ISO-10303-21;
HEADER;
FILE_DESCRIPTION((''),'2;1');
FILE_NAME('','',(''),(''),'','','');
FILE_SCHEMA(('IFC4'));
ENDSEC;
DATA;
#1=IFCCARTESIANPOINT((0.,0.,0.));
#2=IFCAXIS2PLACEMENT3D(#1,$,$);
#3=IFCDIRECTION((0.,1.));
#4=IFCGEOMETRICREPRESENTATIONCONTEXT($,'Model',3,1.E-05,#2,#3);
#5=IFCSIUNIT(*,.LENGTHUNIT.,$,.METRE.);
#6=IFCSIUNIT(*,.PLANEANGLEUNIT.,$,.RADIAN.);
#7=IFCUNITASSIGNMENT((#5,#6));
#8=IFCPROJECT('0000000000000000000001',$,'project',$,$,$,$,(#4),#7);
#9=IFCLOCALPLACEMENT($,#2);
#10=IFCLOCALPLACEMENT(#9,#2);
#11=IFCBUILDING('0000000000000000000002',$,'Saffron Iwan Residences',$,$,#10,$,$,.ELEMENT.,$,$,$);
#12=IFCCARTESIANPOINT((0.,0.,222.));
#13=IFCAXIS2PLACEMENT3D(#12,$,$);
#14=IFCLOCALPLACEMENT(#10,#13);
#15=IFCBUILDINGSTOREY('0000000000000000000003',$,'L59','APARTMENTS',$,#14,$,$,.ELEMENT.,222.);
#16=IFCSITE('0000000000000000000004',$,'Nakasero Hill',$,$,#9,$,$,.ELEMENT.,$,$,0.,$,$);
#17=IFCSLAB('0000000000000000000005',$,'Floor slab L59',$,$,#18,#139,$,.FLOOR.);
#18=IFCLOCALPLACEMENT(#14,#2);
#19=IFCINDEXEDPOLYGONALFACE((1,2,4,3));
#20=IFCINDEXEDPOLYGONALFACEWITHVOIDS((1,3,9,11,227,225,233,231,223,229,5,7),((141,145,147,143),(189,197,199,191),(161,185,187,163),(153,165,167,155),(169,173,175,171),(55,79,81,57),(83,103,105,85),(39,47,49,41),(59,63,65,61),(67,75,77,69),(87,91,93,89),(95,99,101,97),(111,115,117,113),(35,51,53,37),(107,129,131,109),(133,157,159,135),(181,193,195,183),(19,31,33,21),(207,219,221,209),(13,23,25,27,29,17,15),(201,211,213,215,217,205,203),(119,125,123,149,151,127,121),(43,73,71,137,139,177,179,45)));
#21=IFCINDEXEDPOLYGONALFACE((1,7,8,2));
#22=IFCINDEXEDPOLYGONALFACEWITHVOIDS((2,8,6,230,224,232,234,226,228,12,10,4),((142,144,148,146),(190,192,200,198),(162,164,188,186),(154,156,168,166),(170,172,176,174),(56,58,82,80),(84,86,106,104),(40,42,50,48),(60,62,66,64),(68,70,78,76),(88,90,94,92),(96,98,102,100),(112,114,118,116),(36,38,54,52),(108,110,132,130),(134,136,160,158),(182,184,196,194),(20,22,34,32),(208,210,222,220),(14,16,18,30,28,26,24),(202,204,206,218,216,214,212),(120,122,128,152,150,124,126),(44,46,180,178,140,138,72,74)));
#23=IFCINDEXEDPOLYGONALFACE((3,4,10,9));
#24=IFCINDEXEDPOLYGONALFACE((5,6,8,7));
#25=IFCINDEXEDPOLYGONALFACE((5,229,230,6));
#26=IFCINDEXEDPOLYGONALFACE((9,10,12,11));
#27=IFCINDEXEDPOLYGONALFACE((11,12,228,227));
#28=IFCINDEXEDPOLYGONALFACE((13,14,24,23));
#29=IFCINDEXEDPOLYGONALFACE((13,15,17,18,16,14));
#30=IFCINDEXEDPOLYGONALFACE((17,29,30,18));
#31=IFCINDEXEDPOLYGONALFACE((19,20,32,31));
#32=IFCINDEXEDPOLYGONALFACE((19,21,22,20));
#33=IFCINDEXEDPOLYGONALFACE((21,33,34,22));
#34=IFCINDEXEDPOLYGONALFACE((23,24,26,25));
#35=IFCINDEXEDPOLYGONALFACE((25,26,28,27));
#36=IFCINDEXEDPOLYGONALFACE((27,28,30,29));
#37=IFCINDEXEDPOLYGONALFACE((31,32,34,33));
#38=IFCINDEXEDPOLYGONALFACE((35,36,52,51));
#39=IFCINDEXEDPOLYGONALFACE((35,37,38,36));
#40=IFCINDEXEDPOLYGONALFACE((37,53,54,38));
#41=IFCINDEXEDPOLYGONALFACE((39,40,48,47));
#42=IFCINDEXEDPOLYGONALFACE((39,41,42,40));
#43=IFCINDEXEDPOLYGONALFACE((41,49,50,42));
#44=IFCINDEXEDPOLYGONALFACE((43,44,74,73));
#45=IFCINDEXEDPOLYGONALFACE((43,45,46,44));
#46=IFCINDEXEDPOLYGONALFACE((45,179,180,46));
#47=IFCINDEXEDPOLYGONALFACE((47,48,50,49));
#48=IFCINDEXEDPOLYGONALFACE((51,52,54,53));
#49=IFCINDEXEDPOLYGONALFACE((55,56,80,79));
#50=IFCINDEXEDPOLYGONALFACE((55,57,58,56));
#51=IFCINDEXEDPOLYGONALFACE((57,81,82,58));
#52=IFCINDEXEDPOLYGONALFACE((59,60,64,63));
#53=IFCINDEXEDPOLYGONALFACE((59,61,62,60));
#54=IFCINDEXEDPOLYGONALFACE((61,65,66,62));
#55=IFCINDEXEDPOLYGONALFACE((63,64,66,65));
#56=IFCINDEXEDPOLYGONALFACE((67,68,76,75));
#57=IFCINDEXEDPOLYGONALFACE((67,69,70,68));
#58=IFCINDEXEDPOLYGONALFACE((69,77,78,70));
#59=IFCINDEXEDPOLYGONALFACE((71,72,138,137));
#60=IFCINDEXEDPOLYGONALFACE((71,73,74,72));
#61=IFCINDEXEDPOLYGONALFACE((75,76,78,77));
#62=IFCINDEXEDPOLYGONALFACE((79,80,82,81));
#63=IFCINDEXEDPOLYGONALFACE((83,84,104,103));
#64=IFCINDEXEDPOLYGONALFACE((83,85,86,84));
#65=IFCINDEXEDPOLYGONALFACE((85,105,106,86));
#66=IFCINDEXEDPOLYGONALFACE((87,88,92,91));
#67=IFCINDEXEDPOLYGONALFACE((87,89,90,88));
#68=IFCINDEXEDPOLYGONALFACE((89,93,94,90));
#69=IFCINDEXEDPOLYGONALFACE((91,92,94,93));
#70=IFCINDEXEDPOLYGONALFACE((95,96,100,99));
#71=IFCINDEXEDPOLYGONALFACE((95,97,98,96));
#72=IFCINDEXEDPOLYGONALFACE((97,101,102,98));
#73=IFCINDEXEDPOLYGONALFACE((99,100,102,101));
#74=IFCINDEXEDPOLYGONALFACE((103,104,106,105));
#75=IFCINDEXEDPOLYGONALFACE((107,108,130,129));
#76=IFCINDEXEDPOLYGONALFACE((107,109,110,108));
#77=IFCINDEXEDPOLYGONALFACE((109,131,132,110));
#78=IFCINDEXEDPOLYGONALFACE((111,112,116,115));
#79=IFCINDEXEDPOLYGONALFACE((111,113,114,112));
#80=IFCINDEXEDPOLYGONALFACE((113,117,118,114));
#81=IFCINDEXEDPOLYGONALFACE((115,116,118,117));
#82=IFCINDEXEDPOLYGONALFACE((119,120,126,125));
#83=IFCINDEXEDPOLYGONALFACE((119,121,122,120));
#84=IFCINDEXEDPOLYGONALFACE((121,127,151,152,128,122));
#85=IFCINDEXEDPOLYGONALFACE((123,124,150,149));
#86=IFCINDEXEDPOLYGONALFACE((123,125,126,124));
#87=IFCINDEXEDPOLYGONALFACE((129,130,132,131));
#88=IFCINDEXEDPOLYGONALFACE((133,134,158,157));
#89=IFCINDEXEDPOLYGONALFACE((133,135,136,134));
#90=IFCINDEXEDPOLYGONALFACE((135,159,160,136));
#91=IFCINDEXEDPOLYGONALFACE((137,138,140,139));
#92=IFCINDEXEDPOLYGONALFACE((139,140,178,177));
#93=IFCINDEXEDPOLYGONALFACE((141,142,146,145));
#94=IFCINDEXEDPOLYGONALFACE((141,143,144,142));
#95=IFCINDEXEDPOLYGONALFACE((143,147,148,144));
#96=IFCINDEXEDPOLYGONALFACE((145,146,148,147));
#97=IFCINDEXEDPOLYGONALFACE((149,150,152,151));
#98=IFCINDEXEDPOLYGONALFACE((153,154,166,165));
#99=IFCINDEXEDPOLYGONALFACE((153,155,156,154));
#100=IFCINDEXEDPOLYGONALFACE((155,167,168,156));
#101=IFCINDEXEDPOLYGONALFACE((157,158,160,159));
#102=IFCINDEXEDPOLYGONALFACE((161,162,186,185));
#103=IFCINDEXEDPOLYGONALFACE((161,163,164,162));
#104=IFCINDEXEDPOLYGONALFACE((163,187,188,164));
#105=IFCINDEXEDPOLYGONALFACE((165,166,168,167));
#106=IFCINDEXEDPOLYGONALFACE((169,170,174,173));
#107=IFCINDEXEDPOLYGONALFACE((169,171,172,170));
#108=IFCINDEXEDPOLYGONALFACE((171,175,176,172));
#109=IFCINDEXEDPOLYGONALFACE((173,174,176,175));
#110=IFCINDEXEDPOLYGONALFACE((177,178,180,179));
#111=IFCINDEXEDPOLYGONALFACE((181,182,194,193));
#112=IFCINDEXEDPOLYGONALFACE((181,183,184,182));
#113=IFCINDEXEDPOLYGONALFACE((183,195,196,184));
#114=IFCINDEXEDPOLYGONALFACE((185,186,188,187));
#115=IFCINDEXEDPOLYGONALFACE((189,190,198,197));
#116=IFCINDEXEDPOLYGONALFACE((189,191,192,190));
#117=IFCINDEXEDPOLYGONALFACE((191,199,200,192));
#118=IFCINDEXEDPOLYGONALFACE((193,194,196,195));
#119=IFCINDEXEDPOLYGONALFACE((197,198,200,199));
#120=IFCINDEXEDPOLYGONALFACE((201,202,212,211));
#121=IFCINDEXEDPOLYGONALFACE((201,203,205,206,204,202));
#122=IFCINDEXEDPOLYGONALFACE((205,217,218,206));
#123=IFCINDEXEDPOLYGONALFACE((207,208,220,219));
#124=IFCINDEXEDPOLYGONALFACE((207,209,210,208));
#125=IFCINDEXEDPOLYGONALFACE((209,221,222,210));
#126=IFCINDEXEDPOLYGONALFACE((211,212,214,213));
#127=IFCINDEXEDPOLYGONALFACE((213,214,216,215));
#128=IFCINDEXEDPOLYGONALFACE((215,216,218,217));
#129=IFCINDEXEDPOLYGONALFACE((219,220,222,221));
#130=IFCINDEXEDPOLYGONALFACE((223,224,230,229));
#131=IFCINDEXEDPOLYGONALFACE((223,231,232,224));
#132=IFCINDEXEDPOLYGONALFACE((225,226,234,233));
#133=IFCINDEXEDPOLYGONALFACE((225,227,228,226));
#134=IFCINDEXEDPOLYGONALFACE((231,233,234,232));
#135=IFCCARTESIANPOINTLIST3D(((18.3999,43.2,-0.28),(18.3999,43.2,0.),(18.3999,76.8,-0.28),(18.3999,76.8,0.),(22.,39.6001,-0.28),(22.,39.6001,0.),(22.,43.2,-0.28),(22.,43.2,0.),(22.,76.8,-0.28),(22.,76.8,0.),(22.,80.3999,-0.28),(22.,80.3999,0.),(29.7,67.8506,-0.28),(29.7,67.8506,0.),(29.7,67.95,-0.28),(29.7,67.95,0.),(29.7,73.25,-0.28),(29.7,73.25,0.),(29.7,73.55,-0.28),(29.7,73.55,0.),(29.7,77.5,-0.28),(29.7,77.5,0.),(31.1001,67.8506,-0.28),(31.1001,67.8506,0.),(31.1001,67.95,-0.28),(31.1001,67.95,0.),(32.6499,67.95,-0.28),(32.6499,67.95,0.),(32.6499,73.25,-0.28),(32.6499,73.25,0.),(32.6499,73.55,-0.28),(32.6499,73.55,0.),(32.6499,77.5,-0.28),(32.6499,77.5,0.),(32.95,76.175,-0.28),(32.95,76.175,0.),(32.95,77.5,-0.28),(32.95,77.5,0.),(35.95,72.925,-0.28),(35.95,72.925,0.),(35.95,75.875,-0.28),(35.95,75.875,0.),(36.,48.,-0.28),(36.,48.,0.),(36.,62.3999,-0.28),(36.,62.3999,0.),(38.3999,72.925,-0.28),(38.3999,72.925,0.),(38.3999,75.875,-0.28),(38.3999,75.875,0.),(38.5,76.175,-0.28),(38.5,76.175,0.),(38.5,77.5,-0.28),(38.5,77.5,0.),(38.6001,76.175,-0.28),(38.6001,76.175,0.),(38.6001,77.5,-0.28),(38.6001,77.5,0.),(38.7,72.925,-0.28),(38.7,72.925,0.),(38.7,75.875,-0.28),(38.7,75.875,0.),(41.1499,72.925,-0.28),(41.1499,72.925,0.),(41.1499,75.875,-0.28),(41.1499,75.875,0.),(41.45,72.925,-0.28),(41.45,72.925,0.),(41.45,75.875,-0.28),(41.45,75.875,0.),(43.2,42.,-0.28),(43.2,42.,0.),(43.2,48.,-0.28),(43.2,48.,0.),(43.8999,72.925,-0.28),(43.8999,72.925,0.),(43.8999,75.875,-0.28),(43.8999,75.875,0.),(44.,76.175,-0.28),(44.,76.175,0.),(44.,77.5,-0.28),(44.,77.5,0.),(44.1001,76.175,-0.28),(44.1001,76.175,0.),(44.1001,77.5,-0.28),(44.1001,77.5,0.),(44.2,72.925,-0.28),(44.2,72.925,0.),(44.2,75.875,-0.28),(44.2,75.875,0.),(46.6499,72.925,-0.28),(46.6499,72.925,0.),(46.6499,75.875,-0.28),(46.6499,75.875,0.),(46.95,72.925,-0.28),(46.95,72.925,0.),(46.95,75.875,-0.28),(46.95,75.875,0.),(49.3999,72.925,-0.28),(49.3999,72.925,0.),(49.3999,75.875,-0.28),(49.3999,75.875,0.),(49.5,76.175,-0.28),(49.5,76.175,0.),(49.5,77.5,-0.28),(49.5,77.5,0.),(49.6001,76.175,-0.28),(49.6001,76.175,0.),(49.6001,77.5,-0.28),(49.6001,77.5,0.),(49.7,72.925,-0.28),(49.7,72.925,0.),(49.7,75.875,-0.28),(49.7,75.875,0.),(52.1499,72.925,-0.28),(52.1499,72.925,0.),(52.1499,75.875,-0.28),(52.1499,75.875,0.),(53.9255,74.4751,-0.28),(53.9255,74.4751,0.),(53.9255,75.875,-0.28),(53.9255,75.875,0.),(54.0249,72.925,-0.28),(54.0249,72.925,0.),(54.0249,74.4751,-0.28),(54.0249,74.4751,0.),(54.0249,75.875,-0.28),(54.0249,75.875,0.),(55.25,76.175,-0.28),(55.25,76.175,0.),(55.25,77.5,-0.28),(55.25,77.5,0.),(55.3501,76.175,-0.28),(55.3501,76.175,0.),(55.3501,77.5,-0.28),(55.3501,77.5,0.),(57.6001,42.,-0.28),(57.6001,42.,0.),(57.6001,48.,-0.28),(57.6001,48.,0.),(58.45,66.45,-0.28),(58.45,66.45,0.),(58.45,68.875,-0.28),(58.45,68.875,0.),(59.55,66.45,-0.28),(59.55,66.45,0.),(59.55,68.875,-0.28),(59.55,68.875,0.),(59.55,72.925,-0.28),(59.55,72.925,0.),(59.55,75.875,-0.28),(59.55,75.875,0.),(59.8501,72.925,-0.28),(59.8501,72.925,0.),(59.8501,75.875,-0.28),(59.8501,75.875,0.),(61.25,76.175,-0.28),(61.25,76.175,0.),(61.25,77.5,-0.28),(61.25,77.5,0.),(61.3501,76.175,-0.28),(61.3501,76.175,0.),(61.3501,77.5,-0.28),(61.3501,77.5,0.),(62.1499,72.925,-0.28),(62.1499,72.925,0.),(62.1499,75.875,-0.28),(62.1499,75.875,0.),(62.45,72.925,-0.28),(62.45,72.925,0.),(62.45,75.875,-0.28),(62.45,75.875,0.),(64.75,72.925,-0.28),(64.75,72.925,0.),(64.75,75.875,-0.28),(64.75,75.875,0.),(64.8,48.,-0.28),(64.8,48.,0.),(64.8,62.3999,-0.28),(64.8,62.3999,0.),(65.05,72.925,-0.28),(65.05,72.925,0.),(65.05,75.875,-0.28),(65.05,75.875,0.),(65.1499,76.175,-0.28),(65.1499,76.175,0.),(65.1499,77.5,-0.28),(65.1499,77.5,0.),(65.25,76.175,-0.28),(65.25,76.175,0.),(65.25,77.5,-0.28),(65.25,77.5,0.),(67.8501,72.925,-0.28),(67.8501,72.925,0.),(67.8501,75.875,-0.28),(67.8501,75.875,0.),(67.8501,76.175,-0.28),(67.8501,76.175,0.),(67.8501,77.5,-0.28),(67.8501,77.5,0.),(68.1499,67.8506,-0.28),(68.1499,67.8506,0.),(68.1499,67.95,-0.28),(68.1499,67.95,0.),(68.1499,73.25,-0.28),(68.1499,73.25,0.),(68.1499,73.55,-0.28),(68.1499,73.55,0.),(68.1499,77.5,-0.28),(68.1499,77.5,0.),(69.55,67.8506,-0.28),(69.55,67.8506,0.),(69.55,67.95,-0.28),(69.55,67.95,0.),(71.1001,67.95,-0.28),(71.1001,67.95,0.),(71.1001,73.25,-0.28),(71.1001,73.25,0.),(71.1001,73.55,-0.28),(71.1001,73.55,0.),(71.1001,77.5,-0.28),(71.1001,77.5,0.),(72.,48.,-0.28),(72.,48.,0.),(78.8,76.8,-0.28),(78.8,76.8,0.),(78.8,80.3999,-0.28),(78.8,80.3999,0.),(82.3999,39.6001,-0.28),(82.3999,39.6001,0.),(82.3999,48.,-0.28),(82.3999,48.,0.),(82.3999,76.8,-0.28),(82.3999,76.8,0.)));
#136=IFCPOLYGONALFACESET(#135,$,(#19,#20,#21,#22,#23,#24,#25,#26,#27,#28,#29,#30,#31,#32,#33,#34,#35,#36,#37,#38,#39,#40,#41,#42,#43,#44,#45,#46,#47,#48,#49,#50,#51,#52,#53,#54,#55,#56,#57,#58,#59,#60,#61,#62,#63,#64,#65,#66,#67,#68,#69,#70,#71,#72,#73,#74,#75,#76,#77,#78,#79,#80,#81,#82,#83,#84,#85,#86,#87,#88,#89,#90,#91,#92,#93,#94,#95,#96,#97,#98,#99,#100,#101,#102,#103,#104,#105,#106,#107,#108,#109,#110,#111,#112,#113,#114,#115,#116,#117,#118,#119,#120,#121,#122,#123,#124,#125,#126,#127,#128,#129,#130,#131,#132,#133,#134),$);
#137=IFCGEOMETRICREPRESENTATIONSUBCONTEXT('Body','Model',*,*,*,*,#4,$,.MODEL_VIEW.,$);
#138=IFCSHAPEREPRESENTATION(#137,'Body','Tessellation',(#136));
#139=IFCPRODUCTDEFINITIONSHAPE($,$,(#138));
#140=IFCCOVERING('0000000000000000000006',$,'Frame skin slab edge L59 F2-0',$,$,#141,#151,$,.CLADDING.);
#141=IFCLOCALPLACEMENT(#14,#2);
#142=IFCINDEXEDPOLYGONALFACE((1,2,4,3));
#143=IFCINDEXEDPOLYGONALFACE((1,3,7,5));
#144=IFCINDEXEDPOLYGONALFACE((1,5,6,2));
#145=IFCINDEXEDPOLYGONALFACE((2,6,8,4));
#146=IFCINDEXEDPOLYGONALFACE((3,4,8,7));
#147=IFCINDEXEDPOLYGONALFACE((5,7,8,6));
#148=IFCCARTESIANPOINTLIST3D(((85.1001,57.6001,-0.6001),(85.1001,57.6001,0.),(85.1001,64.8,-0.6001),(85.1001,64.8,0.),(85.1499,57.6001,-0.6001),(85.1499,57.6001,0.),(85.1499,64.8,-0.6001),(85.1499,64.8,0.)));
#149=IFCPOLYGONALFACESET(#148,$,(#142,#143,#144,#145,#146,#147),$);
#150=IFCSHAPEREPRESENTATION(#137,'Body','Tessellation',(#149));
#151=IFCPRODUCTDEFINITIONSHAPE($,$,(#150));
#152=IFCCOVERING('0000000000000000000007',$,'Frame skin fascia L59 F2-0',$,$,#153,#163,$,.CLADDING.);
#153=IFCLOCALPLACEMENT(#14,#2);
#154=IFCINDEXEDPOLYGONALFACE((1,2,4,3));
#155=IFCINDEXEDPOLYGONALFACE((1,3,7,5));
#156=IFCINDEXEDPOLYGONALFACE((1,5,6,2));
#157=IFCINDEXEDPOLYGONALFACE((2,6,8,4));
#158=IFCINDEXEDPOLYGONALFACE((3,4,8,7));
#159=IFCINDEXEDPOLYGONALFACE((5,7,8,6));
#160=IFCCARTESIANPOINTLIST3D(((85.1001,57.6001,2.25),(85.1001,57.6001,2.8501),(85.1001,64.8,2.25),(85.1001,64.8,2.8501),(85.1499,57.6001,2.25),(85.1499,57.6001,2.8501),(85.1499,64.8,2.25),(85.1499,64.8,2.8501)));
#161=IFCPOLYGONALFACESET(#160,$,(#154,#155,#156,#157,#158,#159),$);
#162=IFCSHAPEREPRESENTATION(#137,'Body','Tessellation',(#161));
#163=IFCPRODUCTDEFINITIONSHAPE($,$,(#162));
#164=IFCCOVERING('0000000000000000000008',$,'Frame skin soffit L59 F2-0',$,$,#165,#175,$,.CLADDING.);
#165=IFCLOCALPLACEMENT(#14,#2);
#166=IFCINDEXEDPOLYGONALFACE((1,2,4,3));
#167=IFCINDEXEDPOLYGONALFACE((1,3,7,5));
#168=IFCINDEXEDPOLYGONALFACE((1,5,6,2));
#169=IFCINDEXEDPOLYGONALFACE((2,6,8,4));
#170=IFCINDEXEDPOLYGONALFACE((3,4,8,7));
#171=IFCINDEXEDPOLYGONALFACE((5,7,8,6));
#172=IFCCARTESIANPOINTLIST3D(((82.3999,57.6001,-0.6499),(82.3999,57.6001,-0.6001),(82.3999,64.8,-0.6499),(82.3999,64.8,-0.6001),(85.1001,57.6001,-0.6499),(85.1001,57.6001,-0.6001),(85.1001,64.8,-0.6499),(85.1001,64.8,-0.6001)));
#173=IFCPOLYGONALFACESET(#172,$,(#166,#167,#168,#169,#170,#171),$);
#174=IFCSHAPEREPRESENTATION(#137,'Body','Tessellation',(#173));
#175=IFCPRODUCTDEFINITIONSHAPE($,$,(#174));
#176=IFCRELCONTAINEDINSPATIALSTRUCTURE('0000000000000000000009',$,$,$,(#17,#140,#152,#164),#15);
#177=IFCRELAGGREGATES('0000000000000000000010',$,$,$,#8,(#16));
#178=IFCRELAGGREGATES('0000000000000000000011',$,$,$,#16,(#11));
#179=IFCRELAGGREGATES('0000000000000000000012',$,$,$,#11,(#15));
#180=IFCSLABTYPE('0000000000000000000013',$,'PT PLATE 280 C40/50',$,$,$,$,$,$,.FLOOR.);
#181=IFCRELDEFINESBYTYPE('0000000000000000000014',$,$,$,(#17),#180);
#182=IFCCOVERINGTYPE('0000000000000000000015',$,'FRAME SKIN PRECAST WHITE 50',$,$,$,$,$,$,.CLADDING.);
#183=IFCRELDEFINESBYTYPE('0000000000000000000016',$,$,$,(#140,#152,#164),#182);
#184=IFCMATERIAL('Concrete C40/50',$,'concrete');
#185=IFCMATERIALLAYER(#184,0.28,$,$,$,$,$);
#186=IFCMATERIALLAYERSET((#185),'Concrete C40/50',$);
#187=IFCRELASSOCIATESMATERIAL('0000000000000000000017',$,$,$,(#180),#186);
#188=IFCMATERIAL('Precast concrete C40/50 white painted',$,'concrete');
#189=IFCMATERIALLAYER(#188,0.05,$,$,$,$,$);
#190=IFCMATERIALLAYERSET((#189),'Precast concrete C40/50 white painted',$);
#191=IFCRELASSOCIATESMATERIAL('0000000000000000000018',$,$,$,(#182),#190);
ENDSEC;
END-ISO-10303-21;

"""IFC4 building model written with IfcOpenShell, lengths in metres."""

from ifc_helpers import new_model, si_unit, direction, frame, origin, place, context, subcontext, project, spatial, polyline, outline, extrude, material, layer, layer_set, type_object, element, save


model = new_model("IFC4")

# Units and contexts
model_context = context("Model", 3, precision=1e-05, world=origin(), true_north=direction((0.0, 1.0)))
body_context = subcontext(model_context, "Body", "Model", "MODEL_VIEW")
ifc_project = project(units=[si_unit("LENGTHUNIT", "METRE"), si_unit("PLANEANGLEUNIT", "RADIAN")], contexts=[model_context])

# Site, building, storey
site_placement = place(None, origin())
site = spatial("IfcSite", under=ifc_project, at=site_placement, Name="Nakasero Hill", CompositionType="ELEMENT", RefElevation=0.0)
building_placement = place(site_placement, origin())
building = spatial("IfcBuilding", under=site, at=building_placement, Name="Saffron Iwan Residences", CompositionType="ELEMENT")
storey_placement = place(building_placement, frame((0.0, 0.0, 222.0)))
storey = spatial("IfcBuildingStorey", under=building, at=storey_placement, Name="L59", Description="APARTMENTS", CompositionType="ELEMENT", Elevation=222.0)

# Slab
ifc_material_1 = material(Name="Concrete C40/50", Category="concrete")
ifc_layer_1 = layer(ifc_material_1, 0.28)
ifc_layer_set_1 = layer_set([ifc_layer_1], Name="Concrete C40/50")
slab_type_1 = type_object("IfcSlabType", Name="PT PLATE 280 C40/50", PredefinedType="FLOOR", material=ifc_layer_set_1)
slab_1_placement = place(storey_placement, frame((0.0, 0.0, -0.28)))
element("IfcSlab", 1, at=slab_1_placement, inside=storey, type_object=slab_type_1, Name="Floor slab L59", PredefinedType="FLOOR", context=body_context, shape_type="SweptSolid", body=[
    extrude(outline(polyline([(18.3999, 43.2), (18.3999, 76.8), (22.0, 76.8), (22.0, 80.3999), (78.8, 80.3999), (78.8, 76.8), (82.3999, 76.8), (82.3999, 48.0), (72.0, 48.0), (82.3999, 39.6001), (22.0, 39.6001), (22.0, 43.2), (18.3999, 43.2)]), holes=[polyline([(64.8, 48.0), (64.8, 62.3999), (36.0, 62.3999), (36.0, 48.0), (43.2, 48.0), (43.2, 42.0), (57.6001, 42.0), (57.6001, 48.0), (64.8, 48.0)]), polyline([(29.7, 73.25), (29.7, 67.95), (29.7, 67.8506), (31.1001, 67.8506), (31.1001, 67.95), (32.6499, 67.95), (32.6499, 73.25), (29.7, 73.25)]), polyline([(38.3999, 75.875), (35.95, 75.875), (35.95, 72.925), (38.3999, 72.925), (38.3999, 75.875)]), polyline([(41.1499, 75.875), (38.7, 75.875), (38.7, 72.925), (41.1499, 72.925), (41.1499, 75.875)]), polyline([(43.8999, 72.925), (43.8999, 75.875), (41.45, 75.875), (41.45, 72.925), (43.8999, 72.925)]), polyline([(46.6499, 72.925), (46.6499, 75.875), (44.2, 75.875), (44.2, 72.925), (46.6499, 72.925)]), polyline([(49.3999, 75.875), (46.95, 75.875), (46.95, 72.925), (49.3999, 72.925), (49.3999, 75.875)]), polyline([(52.1499, 72.925), (52.1499, 75.875), (49.7, 75.875), (49.7, 72.925), (52.1499, 72.925)]), polyline([(32.6499, 73.55), (32.6499, 77.5), (29.7, 77.5), (29.7, 73.55), (32.6499, 73.55)]), polyline([(38.5, 77.5), (32.95, 77.5), (32.95, 76.175), (38.5, 76.175), (38.5, 77.5)]), polyline([(44.0, 76.175), (44.0, 77.5), (38.6001, 77.5), (38.6001, 76.175), (44.0, 76.175)]), polyline([(49.5, 76.175), (49.5, 77.5), (44.1001, 77.5), (44.1001, 76.175), (49.5, 76.175)]), polyline([(59.55, 68.875), (58.45, 68.875), (58.45, 66.45), (59.55, 66.45), (59.55, 68.875)]), polyline([(68.1499, 73.25), (68.1499, 67.95), (68.1499, 67.8506), (69.55, 67.8506), (69.55, 67.95), (71.1001, 67.95), (71.1001, 73.25), (68.1499, 73.25)]), polyline([(54.0249, 74.4751), (54.0249, 72.925), (59.55, 72.925), (59.55, 75.875), (54.0249, 75.875), (53.9255, 75.875), (53.9255, 74.4751), (54.0249, 74.4751)]), polyline([(62.1499, 72.925), (62.1499, 75.875), (59.8501, 75.875), (59.8501, 72.925), (62.1499, 72.925)]), polyline([(64.75, 72.925), (64.75, 75.875), (62.45, 75.875), (62.45, 72.925), (64.75, 72.925)]), polyline([(67.8501, 75.875), (65.05, 75.875), (65.05, 72.925), (67.8501, 72.925), (67.8501, 75.875)]), polyline([(71.1001, 73.55), (71.1001, 77.5), (68.1499, 77.5), (68.1499, 73.55), (71.1001, 73.55)]), polyline([(55.25, 76.175), (55.25, 77.5), (49.6001, 77.5), (49.6001, 76.175), (55.25, 76.175)]), polyline([(61.25, 77.5), (55.3501, 77.5), (55.3501, 76.175), (61.25, 76.175), (61.25, 77.5)]), polyline([(65.1499, 76.175), (65.1499, 77.5), (61.3501, 77.5), (61.3501, 76.175), (65.1499, 76.175)]), polyline([(67.8501, 76.175), (67.8501, 77.5), (65.25, 77.5), (65.25, 76.175), (67.8501, 76.175)])]), origin(), (0.0, 0.0, 1.0), 0.28),
])

# Coverings
ifc_material_2 = material(Name="Precast concrete C40/50 white painted", Category="concrete")
ifc_layer_2 = layer(ifc_material_2, 0.05)
ifc_layer_set_2 = layer_set([ifc_layer_2], Name="Precast concrete C40/50 white painted")
covering_type_1 = type_object("IfcCoveringType", Name="FRAME SKIN PRECAST WHITE 50", PredefinedType="CLADDING", material=ifc_layer_set_2)
for number, where, name in (
    (2, (0.0, 0.0, -0.6001), "Frame skin slab edge L59 F2-0"),
    (3, (0.0, 0.0, 2.25), "Frame skin fascia L59 F2-0"),
):
    element("IfcCovering", number, at=place(storey_placement, frame(where)), inside=storey, type_object=covering_type_1, Name=name, PredefinedType="CLADDING", context=body_context, shape_type="SweptSolid", body=[
        extrude(outline(polyline([(85.1499, 57.6001), (85.1499, 64.8), (85.1001, 64.8), (85.1001, 57.6001), (85.1499, 57.6001)])), origin(), (0.0, 0.0, 1.0), 0.6001),
    ])
covering_1_placement = place(storey_placement, frame((0.0, 0.0, -0.6499)))
element("IfcCovering", 4, at=covering_1_placement, inside=storey, type_object=covering_type_1, Name="Frame skin soffit L59 F2-0", PredefinedType="CLADDING", context=body_context, shape_type="SweptSolid", body=[
    extrude(outline(polyline([(85.1001, 57.6001), (85.1001, 64.8), (82.3999, 64.8), (82.3999, 57.6001), (85.1001, 57.6001)])), origin(), (0.0, 0.0, 1.0), 0.0498),
])

save(model, "model.ifc")
